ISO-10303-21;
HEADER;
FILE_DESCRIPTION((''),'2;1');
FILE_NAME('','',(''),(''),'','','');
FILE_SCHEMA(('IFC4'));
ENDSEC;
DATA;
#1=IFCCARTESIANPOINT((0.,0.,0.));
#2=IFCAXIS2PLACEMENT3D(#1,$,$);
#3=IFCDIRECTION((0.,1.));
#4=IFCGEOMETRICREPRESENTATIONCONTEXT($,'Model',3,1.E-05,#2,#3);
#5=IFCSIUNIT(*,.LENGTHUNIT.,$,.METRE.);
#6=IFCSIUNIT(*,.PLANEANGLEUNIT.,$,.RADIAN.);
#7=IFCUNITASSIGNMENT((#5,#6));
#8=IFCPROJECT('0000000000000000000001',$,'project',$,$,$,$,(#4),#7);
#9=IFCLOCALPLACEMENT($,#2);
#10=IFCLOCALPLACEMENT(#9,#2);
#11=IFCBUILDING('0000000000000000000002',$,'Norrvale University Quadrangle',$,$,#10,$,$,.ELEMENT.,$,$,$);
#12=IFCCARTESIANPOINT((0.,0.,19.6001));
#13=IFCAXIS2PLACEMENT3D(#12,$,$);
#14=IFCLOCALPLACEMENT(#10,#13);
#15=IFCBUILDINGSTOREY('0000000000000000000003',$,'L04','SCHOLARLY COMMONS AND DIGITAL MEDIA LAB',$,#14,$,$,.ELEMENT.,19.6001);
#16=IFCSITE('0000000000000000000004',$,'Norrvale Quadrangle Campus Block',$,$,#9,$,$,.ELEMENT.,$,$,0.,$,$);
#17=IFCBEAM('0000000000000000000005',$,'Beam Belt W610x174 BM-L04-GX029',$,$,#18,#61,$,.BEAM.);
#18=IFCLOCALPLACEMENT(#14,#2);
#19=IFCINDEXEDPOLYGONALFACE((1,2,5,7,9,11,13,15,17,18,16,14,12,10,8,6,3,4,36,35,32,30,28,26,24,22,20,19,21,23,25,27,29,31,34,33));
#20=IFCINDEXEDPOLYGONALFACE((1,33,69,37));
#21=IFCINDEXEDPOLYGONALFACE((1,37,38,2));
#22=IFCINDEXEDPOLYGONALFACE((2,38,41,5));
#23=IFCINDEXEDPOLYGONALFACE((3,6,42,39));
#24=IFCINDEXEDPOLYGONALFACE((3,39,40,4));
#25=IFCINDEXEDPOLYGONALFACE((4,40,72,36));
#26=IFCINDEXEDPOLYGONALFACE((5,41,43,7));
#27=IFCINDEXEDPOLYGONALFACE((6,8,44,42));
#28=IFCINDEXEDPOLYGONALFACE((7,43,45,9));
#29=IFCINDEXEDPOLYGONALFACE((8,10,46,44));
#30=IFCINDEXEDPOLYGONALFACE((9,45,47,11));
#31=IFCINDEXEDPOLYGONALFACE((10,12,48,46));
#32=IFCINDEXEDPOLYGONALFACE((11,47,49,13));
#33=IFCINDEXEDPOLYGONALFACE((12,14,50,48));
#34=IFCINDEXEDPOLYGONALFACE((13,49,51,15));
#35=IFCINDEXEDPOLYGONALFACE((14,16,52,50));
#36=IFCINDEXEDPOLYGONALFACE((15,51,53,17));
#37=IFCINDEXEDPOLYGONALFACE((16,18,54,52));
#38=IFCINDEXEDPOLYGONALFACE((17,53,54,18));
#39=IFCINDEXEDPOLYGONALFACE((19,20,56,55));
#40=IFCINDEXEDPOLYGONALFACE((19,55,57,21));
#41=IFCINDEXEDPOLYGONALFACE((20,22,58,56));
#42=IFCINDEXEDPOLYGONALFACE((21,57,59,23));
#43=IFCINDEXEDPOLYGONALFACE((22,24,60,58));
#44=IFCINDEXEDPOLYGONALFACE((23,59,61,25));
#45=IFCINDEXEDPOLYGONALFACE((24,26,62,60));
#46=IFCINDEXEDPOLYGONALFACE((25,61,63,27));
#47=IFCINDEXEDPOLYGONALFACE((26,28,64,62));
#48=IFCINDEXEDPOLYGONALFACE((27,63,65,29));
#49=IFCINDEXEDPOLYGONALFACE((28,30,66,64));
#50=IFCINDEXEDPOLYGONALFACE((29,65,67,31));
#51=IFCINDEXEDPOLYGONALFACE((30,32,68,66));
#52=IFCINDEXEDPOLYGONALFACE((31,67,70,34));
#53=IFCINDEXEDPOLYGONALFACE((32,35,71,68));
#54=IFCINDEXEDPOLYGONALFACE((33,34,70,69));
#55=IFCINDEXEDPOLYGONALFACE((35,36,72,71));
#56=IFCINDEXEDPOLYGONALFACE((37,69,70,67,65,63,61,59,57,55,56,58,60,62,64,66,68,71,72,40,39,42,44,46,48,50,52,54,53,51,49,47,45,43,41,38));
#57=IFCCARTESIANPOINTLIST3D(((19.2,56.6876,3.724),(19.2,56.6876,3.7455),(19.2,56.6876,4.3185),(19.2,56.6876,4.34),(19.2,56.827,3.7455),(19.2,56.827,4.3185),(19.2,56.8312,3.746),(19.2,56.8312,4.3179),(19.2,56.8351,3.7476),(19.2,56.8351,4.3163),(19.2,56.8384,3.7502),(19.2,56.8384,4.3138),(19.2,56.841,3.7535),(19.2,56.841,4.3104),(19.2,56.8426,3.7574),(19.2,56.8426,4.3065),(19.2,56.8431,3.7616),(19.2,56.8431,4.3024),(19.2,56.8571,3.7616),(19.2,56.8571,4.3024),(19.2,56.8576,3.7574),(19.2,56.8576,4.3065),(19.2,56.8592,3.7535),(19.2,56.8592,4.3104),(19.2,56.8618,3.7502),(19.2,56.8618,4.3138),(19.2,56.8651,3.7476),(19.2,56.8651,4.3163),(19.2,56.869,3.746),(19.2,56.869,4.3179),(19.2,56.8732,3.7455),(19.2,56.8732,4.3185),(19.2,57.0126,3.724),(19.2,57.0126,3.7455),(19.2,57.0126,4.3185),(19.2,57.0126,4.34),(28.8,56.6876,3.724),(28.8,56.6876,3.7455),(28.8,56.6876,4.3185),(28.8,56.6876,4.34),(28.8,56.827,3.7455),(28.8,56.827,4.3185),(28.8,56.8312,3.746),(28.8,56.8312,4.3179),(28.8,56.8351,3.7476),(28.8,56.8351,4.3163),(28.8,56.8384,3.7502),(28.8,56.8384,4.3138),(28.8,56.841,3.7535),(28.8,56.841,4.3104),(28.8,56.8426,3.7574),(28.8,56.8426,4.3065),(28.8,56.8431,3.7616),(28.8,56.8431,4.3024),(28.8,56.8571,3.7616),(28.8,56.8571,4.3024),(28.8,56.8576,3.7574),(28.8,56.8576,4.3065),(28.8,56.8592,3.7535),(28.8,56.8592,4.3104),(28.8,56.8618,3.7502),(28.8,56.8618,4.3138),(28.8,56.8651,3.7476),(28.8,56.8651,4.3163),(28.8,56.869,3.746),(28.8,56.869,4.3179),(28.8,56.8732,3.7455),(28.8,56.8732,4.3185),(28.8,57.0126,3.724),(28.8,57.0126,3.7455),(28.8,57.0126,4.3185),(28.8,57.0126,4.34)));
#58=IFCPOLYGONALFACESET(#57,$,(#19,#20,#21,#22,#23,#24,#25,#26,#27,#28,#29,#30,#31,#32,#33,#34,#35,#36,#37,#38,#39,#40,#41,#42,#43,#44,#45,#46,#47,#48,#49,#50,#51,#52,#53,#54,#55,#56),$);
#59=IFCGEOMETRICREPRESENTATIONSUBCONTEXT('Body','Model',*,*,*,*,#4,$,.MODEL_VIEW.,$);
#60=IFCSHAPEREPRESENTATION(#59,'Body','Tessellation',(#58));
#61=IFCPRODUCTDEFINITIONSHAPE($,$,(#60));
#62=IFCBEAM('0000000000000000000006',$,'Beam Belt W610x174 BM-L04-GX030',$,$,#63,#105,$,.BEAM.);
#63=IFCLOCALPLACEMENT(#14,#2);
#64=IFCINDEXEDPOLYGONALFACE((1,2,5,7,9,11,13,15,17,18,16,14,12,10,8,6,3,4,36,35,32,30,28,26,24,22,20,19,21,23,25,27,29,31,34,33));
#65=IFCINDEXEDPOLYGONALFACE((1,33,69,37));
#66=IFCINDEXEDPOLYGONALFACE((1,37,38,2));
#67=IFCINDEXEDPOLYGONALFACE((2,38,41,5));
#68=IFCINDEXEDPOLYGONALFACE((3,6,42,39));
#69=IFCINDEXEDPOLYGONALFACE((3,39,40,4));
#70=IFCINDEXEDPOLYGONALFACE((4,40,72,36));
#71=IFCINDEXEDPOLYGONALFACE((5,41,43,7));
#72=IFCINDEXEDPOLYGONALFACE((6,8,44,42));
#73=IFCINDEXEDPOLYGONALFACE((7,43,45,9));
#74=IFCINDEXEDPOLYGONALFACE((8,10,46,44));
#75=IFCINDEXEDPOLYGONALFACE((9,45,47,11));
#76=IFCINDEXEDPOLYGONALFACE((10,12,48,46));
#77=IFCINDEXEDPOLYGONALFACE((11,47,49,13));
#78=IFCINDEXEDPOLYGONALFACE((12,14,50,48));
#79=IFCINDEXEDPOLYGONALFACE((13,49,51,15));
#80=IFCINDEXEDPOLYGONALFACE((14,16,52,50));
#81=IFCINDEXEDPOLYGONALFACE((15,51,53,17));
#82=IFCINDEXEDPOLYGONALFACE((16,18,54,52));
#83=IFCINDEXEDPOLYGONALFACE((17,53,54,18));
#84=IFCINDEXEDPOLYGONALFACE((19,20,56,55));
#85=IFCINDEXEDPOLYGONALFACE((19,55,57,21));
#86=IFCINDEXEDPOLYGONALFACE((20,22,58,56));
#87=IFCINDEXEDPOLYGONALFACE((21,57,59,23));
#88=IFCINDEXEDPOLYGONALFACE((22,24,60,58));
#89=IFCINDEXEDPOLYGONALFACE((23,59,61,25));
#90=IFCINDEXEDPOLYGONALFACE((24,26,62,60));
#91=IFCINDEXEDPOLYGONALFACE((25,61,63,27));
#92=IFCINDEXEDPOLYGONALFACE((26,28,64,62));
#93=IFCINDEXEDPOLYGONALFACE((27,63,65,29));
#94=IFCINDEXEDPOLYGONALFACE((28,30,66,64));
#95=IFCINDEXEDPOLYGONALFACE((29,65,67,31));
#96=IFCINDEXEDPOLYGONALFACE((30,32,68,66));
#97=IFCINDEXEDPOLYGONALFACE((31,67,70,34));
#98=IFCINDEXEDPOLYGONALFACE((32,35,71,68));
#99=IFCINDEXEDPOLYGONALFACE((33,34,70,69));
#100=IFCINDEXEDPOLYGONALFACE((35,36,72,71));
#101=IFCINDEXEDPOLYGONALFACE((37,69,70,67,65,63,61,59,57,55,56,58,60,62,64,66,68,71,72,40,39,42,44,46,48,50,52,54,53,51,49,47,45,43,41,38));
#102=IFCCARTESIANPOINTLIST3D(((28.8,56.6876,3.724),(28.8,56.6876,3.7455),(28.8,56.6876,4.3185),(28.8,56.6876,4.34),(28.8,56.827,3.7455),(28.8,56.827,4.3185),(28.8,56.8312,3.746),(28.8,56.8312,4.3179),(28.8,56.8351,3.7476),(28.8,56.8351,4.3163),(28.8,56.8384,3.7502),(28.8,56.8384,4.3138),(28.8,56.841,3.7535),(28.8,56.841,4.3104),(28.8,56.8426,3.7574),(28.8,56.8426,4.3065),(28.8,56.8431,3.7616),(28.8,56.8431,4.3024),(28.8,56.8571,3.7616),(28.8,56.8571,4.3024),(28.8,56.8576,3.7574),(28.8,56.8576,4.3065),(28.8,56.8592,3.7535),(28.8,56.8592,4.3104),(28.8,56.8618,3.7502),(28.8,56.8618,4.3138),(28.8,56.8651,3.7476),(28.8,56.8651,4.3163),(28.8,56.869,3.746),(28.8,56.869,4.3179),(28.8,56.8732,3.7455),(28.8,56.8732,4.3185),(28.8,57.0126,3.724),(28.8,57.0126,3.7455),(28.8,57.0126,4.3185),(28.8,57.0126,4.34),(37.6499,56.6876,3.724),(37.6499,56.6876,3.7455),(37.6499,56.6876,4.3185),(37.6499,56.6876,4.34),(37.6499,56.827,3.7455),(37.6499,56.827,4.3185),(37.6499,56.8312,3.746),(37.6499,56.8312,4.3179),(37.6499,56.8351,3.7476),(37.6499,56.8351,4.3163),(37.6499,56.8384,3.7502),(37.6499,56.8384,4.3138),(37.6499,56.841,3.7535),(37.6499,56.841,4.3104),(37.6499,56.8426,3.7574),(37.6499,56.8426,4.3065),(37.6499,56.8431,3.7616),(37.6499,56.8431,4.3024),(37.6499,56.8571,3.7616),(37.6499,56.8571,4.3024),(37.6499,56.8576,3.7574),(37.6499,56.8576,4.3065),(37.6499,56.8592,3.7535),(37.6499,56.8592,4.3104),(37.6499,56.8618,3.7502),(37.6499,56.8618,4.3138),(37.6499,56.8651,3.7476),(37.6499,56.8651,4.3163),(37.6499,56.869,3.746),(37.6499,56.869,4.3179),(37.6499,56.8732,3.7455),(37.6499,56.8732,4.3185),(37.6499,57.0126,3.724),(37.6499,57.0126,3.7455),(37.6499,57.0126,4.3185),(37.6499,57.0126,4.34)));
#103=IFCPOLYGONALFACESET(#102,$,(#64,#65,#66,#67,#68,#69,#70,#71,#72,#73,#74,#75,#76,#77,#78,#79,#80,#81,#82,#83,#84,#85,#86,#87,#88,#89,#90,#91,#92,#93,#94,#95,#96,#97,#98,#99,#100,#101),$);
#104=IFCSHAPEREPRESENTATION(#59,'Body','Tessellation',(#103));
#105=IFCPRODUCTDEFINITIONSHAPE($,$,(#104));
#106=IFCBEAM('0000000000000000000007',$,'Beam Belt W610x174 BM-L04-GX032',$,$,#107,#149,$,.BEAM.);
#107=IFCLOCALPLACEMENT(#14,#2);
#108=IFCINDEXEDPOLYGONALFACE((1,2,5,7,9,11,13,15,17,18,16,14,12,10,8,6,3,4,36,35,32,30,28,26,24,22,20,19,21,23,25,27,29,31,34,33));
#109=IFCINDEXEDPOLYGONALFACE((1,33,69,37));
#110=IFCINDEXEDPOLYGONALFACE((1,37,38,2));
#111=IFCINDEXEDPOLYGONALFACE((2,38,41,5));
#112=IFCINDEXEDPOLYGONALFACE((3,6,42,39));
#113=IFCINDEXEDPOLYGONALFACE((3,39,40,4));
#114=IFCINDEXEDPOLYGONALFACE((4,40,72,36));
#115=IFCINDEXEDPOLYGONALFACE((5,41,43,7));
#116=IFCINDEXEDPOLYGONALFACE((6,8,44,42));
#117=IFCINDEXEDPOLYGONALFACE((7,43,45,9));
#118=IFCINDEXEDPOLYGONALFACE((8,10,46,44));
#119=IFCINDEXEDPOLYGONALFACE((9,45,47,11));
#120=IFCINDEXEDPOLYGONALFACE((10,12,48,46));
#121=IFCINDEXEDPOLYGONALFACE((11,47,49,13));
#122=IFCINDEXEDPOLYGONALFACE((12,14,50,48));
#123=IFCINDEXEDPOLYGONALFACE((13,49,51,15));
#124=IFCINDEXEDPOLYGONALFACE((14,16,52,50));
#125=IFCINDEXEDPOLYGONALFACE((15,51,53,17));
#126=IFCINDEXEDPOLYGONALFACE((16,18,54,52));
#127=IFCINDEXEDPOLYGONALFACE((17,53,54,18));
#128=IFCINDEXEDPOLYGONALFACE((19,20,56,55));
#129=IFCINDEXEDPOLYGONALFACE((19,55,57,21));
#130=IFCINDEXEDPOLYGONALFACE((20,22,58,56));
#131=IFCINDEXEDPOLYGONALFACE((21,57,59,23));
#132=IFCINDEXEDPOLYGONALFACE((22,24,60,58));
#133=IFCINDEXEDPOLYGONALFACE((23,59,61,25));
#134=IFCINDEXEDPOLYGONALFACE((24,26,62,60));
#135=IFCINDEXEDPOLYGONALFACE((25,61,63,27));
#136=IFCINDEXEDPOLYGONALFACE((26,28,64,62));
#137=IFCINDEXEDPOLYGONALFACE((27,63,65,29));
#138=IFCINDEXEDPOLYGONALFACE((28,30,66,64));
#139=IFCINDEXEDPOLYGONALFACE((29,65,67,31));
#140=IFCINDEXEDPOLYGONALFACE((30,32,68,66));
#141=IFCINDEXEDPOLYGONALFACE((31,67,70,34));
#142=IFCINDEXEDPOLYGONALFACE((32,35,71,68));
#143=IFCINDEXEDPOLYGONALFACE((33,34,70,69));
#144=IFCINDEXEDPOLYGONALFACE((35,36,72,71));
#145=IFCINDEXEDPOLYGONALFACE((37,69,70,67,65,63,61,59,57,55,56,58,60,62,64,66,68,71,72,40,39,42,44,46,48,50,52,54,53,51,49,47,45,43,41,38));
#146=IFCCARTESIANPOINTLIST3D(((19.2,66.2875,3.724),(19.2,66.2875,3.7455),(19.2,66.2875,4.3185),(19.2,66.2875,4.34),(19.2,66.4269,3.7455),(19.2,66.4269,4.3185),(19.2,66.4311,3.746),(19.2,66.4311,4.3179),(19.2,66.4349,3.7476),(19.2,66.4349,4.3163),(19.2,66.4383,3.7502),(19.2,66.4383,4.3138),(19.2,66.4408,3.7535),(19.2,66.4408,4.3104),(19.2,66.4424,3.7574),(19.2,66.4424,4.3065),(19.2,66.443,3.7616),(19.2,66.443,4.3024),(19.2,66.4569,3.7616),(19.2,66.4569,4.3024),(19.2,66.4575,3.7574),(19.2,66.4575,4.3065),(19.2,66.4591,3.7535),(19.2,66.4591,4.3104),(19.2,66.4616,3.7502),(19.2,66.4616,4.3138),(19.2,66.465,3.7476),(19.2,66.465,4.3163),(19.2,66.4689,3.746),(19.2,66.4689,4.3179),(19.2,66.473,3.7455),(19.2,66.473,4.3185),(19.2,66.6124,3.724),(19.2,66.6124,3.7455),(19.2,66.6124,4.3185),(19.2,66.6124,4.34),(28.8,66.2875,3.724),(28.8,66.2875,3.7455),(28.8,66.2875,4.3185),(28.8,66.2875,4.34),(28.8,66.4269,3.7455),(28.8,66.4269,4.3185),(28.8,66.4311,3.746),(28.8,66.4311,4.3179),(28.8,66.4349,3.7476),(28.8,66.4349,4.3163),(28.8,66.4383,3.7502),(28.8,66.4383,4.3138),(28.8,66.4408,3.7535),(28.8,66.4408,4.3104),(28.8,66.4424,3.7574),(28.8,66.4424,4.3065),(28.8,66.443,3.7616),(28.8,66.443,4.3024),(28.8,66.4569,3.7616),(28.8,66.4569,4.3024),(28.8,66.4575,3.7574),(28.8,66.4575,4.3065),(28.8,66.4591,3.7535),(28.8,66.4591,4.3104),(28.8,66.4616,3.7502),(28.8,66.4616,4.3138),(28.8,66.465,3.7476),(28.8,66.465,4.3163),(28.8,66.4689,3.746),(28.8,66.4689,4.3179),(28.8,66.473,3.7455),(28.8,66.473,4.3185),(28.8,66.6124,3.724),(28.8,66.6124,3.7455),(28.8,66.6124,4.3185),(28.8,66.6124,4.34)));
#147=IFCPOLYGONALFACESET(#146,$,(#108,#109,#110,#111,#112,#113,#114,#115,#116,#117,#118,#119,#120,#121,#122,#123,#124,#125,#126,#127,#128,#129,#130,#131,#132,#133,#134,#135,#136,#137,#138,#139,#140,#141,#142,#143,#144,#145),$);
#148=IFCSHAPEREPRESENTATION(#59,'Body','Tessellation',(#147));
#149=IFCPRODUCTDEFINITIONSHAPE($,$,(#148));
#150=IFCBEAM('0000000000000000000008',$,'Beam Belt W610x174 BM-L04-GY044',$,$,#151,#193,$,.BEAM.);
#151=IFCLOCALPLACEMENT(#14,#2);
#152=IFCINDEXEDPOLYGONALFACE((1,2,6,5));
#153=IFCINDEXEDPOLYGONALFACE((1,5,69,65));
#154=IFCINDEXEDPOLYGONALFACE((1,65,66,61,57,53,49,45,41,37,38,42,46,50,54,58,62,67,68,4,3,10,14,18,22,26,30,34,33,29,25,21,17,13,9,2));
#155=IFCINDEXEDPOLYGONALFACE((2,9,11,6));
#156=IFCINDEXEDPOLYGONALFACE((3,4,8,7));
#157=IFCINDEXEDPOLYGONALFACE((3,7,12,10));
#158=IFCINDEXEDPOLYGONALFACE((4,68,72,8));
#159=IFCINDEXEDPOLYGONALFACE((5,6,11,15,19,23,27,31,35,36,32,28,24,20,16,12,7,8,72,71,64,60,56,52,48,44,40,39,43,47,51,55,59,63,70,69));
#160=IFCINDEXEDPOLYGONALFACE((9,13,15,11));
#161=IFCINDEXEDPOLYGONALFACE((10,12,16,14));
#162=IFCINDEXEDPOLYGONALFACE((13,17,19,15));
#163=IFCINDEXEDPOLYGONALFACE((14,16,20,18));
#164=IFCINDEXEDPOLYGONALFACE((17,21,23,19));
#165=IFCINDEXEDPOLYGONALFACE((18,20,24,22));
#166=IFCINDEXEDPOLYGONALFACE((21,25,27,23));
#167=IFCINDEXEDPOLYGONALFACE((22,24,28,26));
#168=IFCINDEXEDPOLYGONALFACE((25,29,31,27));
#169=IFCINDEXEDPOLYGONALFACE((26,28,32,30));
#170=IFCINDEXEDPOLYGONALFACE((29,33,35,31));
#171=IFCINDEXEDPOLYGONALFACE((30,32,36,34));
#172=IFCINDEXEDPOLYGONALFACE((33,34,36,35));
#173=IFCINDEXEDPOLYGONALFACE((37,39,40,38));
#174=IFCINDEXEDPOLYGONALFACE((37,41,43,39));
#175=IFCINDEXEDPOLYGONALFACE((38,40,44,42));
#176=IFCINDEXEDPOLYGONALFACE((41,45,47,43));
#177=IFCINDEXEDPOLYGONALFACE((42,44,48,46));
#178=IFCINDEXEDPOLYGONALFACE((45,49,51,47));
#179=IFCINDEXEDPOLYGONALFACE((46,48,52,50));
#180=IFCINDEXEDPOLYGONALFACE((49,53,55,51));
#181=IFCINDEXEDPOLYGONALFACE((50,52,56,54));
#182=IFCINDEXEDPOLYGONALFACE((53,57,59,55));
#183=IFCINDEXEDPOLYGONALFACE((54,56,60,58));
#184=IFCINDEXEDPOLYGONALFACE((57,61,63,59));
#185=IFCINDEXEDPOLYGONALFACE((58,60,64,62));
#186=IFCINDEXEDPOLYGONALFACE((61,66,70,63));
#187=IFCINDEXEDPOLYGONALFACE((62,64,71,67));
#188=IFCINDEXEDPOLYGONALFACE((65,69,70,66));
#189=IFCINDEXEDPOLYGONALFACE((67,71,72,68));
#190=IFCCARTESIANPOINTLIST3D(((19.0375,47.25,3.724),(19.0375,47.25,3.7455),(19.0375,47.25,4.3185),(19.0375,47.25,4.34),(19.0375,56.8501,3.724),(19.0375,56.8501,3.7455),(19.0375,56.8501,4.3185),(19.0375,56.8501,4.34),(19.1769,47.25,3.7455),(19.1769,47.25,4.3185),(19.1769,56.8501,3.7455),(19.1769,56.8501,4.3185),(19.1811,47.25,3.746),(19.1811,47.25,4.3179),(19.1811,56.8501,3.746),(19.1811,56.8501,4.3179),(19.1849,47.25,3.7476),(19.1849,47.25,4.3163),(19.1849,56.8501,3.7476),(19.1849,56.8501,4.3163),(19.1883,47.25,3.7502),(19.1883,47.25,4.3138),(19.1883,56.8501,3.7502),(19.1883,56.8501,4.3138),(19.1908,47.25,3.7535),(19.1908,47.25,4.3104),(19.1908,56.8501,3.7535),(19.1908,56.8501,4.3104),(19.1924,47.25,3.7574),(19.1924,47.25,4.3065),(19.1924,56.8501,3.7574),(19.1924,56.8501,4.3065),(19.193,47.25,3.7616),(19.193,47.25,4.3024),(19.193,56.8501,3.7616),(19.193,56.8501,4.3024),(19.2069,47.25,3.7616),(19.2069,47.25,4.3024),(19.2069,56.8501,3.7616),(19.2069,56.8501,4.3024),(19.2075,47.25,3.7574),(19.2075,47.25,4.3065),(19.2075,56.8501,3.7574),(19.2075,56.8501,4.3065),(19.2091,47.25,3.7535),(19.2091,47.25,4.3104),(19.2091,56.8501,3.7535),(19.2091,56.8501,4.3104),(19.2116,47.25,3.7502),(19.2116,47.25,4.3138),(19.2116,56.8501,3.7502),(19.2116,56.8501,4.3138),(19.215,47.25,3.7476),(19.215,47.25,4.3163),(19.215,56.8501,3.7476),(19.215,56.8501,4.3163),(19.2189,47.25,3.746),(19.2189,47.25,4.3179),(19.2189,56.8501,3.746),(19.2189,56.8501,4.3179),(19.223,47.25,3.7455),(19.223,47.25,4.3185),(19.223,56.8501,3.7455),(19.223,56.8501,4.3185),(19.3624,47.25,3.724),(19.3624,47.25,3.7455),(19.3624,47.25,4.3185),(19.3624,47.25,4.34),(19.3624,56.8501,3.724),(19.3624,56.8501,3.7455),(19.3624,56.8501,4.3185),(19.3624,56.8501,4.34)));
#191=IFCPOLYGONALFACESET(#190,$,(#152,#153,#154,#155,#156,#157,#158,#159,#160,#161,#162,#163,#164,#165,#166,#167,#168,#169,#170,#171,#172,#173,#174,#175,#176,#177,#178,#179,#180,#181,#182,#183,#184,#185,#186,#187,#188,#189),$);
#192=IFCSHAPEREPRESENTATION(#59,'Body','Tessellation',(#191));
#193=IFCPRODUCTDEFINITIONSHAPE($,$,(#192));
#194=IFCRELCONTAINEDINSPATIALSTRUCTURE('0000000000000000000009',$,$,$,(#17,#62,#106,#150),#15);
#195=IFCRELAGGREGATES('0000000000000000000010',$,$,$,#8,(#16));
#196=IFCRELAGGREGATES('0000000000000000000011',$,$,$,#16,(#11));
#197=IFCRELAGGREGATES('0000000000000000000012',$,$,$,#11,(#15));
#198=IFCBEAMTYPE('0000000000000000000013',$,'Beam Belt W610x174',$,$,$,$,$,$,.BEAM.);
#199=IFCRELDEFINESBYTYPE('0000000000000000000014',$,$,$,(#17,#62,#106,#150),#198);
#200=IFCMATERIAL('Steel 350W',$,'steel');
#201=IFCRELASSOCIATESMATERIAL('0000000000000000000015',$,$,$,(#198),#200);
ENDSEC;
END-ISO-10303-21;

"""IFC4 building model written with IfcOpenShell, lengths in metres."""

from ifc_helpers import new_model, si_unit, direction, frame, origin, origin_2d, place, context, subcontext, project, spatial, i_section, extrude, material, material_profile, profile_set, type_object, element, save


model = new_model("IFC4")

# Units and contexts
model_context = context("Model", 3, precision=1e-05, world=origin(), true_north=direction((0.0, 1.0)))
body_context = subcontext(model_context, "Body", "Model", "MODEL_VIEW")
ifc_project = project(units=[si_unit("LENGTHUNIT", "METRE"), si_unit("PLANEANGLEUNIT", "RADIAN")], contexts=[model_context])

# Site, building, storey
site_placement = place(None, origin())
site = spatial("IfcSite", under=ifc_project, at=site_placement, Name="Norrvale Quadrangle Campus Block", CompositionType="ELEMENT", RefElevation=0.0)
building_placement = place(site_placement, origin())
building = spatial("IfcBuilding", under=site, at=building_placement, Name="Norrvale University Quadrangle", CompositionType="ELEMENT")
storey_placement = place(building_placement, frame((0.0, 0.0, 19.6001)))
storey = spatial("IfcBuildingStorey", under=building, at=storey_placement, Name="L04", Description="SCHOLARLY COMMONS AND DIGITAL MEDIA LAB", CompositionType="ELEMENT", Elevation=19.6001)

# Beams
ifc_material_1 = material(Name="Steel 350W", Category="steel")
ifc_material_profile_1 = material_profile(ifc_material_1, i_section(OverallWidth=0.325, OverallDepth=0.616, WebThickness=0.0139, FlangeThickness=0.0215, FilletRadius=0.0161, at=origin_2d()), Name="Steel 350W")
ifc_profile_set_1 = profile_set([ifc_material_profile_1], Name="Steel 350W")
beam_type_1 = type_object("IfcBeamType", Name="Beam Belt W610x174", PredefinedType="BEAM", material=ifc_profile_set_1)
beam_1_placement = place(storey_placement, frame((19.2, 56.8501, 4.032), z_axis=(1.0, 0.0, 0.0), x_axis=(0.0, 1.0, 0.0)))
element("IfcBeam", 1, at=beam_1_placement, inside=storey, type_object=beam_type_1, Name="Beam Belt W610x174 BM-L04-GX029", PredefinedType="BEAM", context=body_context, shape_type="SweptSolid", body=[
    extrude(i_section(OverallWidth=0.325, OverallDepth=0.616, WebThickness=0.0139, FlangeThickness=0.0215, FilletRadius=0.0161, at=origin_2d()), origin(), (0.0, 0.0, 1.0), 9.6001),
])
beam_2_placement = place(storey_placement, frame((28.8, 56.8501, 4.032), z_axis=(1.0, 0.0, 0.0), x_axis=(0.0, 1.0, 0.0)))
element("IfcBeam", 2, at=beam_2_placement, inside=storey, type_object=beam_type_1, Name="Beam Belt W610x174 BM-L04-GX030", PredefinedType="BEAM", context=body_context, shape_type="SweptSolid", body=[
    extrude(i_section(OverallWidth=0.325, OverallDepth=0.616, WebThickness=0.0139, FlangeThickness=0.0215, FilletRadius=0.0161, at=origin_2d()), origin(), (0.0, 0.0, 1.0), 8.8499),
])
for number, where, z_axis, x_axis, name in (
    (3, (19.2, 66.45, 4.032), (1.0, 0.0, 0.0), (0.0, 1.0, 0.0), "Beam Belt W610x174 BM-L04-GX032"),
    (4, (19.2, 47.25, 4.032), (0.0, 1.0, 0.0), (-1.0, 0.0, 0.0), "Beam Belt W610x174 BM-L04-GY044"),
):
    element("IfcBeam", number, at=place(storey_placement, frame(where, z_axis=z_axis, x_axis=x_axis)), inside=storey, type_object=beam_type_1, Name=name, PredefinedType="BEAM", context=body_context, shape_type="SweptSolid", body=[
        extrude(i_section(OverallWidth=0.325, OverallDepth=0.616, WebThickness=0.0139, FlangeThickness=0.0215, FilletRadius=0.0161, at=origin_2d()), origin(), (0.0, 0.0, 1.0), 9.6001),
    ])

save(model, "model.ifc")
